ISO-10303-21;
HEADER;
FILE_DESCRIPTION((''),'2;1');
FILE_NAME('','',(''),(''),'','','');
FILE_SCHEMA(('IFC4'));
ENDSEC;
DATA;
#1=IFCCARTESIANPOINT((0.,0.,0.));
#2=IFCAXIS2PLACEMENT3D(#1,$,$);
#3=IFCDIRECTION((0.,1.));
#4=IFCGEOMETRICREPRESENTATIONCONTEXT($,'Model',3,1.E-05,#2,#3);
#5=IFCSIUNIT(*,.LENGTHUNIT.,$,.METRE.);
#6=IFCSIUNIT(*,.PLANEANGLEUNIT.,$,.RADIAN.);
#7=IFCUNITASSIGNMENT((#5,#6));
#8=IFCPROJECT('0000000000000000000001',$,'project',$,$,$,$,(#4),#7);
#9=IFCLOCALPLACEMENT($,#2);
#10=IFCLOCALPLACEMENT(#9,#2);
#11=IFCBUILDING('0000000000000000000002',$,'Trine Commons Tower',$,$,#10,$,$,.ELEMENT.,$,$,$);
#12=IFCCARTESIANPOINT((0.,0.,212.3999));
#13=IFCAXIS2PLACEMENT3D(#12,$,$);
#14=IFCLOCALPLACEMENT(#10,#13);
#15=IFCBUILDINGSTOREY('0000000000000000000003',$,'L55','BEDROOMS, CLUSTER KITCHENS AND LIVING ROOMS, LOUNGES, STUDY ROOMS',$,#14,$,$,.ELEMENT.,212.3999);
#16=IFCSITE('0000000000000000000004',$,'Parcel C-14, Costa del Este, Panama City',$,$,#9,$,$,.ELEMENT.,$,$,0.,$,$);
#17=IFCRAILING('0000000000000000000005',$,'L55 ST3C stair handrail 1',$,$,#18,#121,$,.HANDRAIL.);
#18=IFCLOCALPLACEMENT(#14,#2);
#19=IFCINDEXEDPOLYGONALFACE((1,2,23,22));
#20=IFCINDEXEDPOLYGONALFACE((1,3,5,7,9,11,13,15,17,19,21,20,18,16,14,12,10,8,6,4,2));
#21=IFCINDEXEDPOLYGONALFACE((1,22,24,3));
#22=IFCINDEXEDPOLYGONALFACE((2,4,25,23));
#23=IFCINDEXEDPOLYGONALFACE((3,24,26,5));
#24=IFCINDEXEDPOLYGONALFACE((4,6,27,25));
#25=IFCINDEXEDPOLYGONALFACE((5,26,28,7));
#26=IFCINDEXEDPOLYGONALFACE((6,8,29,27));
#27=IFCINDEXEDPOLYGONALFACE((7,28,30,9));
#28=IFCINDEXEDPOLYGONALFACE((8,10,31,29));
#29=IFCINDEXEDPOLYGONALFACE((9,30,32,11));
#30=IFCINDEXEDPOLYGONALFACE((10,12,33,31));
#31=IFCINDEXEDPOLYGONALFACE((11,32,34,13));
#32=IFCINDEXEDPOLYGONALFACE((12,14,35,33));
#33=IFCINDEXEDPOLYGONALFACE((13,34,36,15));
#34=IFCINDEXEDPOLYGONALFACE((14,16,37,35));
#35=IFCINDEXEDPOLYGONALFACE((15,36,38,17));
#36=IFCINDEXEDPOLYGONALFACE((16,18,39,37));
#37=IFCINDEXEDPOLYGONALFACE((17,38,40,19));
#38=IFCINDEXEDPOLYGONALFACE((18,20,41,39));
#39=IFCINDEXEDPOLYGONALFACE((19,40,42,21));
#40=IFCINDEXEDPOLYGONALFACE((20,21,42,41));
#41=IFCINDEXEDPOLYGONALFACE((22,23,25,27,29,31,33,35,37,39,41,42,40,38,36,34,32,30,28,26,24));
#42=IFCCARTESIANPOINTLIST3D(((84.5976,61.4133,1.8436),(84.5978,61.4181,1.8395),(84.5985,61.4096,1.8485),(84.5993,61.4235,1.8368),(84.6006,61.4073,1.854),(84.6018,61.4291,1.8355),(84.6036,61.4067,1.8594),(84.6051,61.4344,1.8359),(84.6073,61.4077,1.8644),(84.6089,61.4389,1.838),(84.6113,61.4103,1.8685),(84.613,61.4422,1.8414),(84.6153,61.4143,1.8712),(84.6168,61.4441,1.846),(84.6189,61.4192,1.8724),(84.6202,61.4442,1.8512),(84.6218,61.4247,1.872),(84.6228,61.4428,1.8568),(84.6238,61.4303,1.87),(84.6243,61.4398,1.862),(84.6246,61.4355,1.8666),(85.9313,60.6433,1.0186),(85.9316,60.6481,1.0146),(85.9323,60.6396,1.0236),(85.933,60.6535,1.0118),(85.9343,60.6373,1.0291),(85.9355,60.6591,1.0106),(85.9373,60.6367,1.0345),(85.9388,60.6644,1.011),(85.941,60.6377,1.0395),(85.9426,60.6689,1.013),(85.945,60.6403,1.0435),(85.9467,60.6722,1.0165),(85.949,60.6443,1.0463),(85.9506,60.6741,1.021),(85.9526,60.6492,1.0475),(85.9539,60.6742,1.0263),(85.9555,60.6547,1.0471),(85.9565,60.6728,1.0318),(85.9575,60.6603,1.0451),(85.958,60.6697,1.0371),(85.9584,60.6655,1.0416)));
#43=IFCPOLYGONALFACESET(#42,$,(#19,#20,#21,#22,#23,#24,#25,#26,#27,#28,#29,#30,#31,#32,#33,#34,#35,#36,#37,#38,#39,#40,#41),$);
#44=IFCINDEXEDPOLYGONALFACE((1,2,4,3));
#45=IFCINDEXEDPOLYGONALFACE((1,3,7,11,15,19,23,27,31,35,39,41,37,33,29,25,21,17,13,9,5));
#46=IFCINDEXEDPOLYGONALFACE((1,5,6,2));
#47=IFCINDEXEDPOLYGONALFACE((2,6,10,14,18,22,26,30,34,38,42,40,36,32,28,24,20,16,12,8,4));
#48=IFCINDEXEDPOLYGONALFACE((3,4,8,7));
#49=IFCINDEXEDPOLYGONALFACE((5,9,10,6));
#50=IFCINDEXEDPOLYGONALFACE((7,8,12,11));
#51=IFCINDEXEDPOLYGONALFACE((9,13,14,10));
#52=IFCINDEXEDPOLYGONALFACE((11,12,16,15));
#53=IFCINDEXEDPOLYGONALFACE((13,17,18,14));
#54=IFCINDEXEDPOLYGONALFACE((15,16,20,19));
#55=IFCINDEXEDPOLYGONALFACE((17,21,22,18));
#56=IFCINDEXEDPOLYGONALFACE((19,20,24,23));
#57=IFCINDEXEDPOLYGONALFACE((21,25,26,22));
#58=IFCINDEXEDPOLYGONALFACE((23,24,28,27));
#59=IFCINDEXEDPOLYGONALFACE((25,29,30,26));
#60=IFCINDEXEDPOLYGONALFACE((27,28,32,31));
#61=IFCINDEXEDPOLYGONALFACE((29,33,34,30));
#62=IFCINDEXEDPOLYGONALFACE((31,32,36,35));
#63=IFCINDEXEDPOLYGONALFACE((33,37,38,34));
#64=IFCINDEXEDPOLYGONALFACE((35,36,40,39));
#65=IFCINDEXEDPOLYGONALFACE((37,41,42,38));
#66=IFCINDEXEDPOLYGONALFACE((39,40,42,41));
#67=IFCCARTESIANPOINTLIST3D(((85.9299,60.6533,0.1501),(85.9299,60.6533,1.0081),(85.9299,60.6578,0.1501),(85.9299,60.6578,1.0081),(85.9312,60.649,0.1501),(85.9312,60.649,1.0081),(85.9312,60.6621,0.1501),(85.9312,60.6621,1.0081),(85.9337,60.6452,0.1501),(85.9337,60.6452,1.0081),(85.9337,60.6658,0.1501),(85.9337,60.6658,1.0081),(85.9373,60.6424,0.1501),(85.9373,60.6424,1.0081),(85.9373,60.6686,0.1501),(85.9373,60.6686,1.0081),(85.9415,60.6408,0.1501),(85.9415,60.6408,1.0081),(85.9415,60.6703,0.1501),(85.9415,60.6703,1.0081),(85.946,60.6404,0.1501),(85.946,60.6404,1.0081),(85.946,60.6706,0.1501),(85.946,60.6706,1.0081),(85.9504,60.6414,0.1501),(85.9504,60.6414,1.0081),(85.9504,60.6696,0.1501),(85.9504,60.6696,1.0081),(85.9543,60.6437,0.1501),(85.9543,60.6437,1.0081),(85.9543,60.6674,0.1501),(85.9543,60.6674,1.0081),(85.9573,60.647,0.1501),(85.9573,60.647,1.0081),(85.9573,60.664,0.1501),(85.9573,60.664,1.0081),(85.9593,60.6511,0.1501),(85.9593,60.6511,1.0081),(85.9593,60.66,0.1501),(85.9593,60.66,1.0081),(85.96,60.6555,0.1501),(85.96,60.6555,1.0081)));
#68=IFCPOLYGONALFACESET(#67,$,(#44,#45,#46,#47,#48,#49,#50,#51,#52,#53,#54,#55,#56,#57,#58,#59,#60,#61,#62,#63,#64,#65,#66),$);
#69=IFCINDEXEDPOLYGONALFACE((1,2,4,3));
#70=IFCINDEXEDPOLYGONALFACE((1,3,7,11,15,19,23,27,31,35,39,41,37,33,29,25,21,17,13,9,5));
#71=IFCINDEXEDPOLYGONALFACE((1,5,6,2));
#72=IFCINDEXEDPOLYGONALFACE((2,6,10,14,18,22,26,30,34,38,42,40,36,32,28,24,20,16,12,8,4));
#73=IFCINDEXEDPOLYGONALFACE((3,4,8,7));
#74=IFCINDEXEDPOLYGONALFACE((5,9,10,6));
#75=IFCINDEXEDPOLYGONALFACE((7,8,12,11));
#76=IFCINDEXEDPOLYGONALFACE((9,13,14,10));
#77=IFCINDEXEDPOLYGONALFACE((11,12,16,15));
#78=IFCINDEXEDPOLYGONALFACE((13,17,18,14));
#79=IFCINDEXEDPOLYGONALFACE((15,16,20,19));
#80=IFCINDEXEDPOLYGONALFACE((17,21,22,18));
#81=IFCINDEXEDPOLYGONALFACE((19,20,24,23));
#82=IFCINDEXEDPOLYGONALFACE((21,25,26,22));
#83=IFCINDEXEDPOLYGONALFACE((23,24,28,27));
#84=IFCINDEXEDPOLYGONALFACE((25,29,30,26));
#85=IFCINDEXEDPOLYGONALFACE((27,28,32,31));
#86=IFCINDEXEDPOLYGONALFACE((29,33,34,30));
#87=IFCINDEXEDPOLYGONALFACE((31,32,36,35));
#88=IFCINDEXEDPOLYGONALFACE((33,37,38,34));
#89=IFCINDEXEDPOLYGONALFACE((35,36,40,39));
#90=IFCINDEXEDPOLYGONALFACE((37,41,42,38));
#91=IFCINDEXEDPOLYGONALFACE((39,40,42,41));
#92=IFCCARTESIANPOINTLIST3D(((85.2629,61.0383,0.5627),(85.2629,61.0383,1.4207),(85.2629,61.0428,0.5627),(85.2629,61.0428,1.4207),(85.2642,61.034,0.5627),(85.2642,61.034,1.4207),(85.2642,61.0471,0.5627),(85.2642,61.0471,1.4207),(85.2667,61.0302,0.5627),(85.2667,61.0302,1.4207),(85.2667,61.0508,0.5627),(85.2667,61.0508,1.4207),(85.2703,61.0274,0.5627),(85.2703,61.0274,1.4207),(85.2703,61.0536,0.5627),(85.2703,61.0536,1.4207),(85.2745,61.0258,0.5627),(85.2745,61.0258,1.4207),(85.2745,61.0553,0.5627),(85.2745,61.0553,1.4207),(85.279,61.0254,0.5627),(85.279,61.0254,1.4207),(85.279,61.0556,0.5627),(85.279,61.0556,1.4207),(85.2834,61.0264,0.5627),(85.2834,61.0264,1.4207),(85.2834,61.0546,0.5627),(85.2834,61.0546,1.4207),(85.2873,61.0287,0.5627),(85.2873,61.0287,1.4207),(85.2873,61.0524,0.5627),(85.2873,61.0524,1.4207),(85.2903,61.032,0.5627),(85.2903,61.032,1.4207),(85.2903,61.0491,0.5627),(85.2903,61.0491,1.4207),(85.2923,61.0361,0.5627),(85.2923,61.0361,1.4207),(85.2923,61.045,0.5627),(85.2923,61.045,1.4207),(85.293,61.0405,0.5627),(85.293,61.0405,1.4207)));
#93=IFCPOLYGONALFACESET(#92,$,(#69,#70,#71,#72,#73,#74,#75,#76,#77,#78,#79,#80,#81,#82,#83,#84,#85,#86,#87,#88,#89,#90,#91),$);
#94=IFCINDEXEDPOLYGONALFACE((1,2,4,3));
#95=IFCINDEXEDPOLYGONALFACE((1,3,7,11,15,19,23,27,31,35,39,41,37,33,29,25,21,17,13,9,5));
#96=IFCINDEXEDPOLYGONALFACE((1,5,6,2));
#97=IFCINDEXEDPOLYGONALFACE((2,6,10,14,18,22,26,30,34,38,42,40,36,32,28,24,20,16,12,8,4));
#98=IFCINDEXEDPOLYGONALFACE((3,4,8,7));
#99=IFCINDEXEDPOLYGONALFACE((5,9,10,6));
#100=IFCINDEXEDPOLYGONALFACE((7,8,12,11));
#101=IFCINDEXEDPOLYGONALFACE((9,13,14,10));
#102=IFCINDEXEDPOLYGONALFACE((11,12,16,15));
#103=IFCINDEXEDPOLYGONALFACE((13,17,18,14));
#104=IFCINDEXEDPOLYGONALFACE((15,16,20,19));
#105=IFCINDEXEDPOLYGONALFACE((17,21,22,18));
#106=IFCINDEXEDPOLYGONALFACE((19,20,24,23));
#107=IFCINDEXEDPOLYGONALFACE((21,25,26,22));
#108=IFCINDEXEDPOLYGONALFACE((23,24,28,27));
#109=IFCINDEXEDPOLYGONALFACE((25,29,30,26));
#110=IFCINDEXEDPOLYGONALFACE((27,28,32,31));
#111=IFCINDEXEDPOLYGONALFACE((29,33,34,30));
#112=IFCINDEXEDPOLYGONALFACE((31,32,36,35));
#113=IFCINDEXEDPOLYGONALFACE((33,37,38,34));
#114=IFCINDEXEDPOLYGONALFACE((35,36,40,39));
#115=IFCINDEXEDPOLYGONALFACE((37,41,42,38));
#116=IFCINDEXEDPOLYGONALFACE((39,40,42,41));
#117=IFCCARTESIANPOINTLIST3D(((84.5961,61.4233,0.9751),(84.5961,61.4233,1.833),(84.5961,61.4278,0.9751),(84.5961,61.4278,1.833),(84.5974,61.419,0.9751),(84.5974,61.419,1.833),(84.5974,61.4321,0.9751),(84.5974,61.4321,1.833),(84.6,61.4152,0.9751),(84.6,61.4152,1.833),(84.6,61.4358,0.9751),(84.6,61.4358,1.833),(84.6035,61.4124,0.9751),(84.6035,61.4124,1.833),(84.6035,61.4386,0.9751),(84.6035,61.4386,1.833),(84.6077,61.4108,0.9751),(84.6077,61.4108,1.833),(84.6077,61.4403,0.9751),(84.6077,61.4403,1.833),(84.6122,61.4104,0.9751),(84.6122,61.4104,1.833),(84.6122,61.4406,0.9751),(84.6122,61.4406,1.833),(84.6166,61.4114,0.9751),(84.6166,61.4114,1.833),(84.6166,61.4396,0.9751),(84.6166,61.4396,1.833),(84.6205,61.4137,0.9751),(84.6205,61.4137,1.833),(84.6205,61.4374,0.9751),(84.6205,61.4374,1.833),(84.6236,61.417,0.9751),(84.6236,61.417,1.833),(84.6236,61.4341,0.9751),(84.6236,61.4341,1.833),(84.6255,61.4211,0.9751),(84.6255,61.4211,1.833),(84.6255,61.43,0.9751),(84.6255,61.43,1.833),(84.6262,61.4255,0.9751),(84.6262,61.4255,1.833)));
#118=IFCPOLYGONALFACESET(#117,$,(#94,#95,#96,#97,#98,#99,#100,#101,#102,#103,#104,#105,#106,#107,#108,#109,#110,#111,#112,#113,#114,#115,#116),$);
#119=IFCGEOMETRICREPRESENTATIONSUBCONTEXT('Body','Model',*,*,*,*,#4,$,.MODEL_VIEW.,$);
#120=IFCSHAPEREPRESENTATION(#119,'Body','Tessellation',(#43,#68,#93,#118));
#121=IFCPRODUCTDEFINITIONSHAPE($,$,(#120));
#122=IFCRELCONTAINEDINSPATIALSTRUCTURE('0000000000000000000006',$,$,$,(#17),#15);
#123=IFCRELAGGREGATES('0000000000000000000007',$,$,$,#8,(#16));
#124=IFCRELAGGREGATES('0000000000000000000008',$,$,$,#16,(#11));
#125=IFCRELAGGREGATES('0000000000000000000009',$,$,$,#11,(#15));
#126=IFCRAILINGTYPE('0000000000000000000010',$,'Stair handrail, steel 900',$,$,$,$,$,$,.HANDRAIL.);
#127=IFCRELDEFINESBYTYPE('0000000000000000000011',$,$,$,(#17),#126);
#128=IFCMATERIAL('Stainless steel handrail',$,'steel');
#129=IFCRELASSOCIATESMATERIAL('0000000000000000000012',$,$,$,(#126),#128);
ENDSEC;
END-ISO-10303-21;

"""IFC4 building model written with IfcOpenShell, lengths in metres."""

from ifc_helpers import new_model, si_unit, direction, frame, origin, origin_2d, place, context, subcontext, project, spatial, circle, extrude, material, type_object, element, save


model = new_model("IFC4")

# Units and contexts
model_context = context("Model", 3, precision=1e-05, world=origin(), true_north=direction((0.0, 1.0)))
body_context = subcontext(model_context, "Body", "Model", "MODEL_VIEW")
ifc_project = project(units=[si_unit("LENGTHUNIT", "METRE"), si_unit("PLANEANGLEUNIT", "RADIAN")], contexts=[model_context])

# Site, building, storey
site_placement = place(None, origin())
site = spatial("IfcSite", under=ifc_project, at=site_placement, Name="Parcel C-14, Costa del Este, Panama City", CompositionType="ELEMENT", RefElevation=0.0)
building_placement = place(site_placement, origin())
building = spatial("IfcBuilding", under=site, at=building_placement, Name="Trine Commons Tower", CompositionType="ELEMENT")
storey_placement = place(building_placement, frame((0.0, 0.0, 212.3999)))
storey = spatial("IfcBuildingStorey", under=building, at=storey_placement, Name="L55", Description="BEDROOMS, CLUSTER KITCHENS AND LIVING ROOMS, LOUNGES, STUDY ROOMS", CompositionType="ELEMENT", Elevation=212.3999)

# Railing
ifc_material_1 = material(Name="Stainless steel handrail", Category="steel")
railing_type = type_object("IfcRailingType", Name="Stair handrail, steel 900", PredefinedType="HANDRAIL", material=ifc_material_1)
railing_placement = place(storey_placement, frame((85.9448, 60.6555, 0.1501)))
element("IfcRailing", 1, at=railing_placement, inside=storey, type_object=railing_type, Name="L55 ST3C stair handrail 1", PredefinedType="HANDRAIL", context=body_context, shape_type="SweptSolid", body=[
    extrude(circle(Radius=0.021, at=origin_2d()), frame((0.0, 0.0, 0.8789), z_axis=(-0.763405, 0.440743, 0.472185), x_axis=(-0.499992, -0.86603, 0.0)), (0.0, 0.0, 1.0), 1.7471),
    extrude(circle(Radius=0.0151, at=origin_2d()), origin(), (0.0, 0.0, 1.0), 0.8579),
    extrude(circle(Radius=0.0151, at=origin_2d()), frame((-0.667, 0.385, 0.4126)), (0.0, 0.0, 1.0), 0.8579),
    extrude(circle(Radius=0.0151, at=origin_2d()), frame((-1.3337, 0.77, 0.825)), (0.0, 0.0, 1.0), 0.8579),
])

save(model, "model.ifc")
